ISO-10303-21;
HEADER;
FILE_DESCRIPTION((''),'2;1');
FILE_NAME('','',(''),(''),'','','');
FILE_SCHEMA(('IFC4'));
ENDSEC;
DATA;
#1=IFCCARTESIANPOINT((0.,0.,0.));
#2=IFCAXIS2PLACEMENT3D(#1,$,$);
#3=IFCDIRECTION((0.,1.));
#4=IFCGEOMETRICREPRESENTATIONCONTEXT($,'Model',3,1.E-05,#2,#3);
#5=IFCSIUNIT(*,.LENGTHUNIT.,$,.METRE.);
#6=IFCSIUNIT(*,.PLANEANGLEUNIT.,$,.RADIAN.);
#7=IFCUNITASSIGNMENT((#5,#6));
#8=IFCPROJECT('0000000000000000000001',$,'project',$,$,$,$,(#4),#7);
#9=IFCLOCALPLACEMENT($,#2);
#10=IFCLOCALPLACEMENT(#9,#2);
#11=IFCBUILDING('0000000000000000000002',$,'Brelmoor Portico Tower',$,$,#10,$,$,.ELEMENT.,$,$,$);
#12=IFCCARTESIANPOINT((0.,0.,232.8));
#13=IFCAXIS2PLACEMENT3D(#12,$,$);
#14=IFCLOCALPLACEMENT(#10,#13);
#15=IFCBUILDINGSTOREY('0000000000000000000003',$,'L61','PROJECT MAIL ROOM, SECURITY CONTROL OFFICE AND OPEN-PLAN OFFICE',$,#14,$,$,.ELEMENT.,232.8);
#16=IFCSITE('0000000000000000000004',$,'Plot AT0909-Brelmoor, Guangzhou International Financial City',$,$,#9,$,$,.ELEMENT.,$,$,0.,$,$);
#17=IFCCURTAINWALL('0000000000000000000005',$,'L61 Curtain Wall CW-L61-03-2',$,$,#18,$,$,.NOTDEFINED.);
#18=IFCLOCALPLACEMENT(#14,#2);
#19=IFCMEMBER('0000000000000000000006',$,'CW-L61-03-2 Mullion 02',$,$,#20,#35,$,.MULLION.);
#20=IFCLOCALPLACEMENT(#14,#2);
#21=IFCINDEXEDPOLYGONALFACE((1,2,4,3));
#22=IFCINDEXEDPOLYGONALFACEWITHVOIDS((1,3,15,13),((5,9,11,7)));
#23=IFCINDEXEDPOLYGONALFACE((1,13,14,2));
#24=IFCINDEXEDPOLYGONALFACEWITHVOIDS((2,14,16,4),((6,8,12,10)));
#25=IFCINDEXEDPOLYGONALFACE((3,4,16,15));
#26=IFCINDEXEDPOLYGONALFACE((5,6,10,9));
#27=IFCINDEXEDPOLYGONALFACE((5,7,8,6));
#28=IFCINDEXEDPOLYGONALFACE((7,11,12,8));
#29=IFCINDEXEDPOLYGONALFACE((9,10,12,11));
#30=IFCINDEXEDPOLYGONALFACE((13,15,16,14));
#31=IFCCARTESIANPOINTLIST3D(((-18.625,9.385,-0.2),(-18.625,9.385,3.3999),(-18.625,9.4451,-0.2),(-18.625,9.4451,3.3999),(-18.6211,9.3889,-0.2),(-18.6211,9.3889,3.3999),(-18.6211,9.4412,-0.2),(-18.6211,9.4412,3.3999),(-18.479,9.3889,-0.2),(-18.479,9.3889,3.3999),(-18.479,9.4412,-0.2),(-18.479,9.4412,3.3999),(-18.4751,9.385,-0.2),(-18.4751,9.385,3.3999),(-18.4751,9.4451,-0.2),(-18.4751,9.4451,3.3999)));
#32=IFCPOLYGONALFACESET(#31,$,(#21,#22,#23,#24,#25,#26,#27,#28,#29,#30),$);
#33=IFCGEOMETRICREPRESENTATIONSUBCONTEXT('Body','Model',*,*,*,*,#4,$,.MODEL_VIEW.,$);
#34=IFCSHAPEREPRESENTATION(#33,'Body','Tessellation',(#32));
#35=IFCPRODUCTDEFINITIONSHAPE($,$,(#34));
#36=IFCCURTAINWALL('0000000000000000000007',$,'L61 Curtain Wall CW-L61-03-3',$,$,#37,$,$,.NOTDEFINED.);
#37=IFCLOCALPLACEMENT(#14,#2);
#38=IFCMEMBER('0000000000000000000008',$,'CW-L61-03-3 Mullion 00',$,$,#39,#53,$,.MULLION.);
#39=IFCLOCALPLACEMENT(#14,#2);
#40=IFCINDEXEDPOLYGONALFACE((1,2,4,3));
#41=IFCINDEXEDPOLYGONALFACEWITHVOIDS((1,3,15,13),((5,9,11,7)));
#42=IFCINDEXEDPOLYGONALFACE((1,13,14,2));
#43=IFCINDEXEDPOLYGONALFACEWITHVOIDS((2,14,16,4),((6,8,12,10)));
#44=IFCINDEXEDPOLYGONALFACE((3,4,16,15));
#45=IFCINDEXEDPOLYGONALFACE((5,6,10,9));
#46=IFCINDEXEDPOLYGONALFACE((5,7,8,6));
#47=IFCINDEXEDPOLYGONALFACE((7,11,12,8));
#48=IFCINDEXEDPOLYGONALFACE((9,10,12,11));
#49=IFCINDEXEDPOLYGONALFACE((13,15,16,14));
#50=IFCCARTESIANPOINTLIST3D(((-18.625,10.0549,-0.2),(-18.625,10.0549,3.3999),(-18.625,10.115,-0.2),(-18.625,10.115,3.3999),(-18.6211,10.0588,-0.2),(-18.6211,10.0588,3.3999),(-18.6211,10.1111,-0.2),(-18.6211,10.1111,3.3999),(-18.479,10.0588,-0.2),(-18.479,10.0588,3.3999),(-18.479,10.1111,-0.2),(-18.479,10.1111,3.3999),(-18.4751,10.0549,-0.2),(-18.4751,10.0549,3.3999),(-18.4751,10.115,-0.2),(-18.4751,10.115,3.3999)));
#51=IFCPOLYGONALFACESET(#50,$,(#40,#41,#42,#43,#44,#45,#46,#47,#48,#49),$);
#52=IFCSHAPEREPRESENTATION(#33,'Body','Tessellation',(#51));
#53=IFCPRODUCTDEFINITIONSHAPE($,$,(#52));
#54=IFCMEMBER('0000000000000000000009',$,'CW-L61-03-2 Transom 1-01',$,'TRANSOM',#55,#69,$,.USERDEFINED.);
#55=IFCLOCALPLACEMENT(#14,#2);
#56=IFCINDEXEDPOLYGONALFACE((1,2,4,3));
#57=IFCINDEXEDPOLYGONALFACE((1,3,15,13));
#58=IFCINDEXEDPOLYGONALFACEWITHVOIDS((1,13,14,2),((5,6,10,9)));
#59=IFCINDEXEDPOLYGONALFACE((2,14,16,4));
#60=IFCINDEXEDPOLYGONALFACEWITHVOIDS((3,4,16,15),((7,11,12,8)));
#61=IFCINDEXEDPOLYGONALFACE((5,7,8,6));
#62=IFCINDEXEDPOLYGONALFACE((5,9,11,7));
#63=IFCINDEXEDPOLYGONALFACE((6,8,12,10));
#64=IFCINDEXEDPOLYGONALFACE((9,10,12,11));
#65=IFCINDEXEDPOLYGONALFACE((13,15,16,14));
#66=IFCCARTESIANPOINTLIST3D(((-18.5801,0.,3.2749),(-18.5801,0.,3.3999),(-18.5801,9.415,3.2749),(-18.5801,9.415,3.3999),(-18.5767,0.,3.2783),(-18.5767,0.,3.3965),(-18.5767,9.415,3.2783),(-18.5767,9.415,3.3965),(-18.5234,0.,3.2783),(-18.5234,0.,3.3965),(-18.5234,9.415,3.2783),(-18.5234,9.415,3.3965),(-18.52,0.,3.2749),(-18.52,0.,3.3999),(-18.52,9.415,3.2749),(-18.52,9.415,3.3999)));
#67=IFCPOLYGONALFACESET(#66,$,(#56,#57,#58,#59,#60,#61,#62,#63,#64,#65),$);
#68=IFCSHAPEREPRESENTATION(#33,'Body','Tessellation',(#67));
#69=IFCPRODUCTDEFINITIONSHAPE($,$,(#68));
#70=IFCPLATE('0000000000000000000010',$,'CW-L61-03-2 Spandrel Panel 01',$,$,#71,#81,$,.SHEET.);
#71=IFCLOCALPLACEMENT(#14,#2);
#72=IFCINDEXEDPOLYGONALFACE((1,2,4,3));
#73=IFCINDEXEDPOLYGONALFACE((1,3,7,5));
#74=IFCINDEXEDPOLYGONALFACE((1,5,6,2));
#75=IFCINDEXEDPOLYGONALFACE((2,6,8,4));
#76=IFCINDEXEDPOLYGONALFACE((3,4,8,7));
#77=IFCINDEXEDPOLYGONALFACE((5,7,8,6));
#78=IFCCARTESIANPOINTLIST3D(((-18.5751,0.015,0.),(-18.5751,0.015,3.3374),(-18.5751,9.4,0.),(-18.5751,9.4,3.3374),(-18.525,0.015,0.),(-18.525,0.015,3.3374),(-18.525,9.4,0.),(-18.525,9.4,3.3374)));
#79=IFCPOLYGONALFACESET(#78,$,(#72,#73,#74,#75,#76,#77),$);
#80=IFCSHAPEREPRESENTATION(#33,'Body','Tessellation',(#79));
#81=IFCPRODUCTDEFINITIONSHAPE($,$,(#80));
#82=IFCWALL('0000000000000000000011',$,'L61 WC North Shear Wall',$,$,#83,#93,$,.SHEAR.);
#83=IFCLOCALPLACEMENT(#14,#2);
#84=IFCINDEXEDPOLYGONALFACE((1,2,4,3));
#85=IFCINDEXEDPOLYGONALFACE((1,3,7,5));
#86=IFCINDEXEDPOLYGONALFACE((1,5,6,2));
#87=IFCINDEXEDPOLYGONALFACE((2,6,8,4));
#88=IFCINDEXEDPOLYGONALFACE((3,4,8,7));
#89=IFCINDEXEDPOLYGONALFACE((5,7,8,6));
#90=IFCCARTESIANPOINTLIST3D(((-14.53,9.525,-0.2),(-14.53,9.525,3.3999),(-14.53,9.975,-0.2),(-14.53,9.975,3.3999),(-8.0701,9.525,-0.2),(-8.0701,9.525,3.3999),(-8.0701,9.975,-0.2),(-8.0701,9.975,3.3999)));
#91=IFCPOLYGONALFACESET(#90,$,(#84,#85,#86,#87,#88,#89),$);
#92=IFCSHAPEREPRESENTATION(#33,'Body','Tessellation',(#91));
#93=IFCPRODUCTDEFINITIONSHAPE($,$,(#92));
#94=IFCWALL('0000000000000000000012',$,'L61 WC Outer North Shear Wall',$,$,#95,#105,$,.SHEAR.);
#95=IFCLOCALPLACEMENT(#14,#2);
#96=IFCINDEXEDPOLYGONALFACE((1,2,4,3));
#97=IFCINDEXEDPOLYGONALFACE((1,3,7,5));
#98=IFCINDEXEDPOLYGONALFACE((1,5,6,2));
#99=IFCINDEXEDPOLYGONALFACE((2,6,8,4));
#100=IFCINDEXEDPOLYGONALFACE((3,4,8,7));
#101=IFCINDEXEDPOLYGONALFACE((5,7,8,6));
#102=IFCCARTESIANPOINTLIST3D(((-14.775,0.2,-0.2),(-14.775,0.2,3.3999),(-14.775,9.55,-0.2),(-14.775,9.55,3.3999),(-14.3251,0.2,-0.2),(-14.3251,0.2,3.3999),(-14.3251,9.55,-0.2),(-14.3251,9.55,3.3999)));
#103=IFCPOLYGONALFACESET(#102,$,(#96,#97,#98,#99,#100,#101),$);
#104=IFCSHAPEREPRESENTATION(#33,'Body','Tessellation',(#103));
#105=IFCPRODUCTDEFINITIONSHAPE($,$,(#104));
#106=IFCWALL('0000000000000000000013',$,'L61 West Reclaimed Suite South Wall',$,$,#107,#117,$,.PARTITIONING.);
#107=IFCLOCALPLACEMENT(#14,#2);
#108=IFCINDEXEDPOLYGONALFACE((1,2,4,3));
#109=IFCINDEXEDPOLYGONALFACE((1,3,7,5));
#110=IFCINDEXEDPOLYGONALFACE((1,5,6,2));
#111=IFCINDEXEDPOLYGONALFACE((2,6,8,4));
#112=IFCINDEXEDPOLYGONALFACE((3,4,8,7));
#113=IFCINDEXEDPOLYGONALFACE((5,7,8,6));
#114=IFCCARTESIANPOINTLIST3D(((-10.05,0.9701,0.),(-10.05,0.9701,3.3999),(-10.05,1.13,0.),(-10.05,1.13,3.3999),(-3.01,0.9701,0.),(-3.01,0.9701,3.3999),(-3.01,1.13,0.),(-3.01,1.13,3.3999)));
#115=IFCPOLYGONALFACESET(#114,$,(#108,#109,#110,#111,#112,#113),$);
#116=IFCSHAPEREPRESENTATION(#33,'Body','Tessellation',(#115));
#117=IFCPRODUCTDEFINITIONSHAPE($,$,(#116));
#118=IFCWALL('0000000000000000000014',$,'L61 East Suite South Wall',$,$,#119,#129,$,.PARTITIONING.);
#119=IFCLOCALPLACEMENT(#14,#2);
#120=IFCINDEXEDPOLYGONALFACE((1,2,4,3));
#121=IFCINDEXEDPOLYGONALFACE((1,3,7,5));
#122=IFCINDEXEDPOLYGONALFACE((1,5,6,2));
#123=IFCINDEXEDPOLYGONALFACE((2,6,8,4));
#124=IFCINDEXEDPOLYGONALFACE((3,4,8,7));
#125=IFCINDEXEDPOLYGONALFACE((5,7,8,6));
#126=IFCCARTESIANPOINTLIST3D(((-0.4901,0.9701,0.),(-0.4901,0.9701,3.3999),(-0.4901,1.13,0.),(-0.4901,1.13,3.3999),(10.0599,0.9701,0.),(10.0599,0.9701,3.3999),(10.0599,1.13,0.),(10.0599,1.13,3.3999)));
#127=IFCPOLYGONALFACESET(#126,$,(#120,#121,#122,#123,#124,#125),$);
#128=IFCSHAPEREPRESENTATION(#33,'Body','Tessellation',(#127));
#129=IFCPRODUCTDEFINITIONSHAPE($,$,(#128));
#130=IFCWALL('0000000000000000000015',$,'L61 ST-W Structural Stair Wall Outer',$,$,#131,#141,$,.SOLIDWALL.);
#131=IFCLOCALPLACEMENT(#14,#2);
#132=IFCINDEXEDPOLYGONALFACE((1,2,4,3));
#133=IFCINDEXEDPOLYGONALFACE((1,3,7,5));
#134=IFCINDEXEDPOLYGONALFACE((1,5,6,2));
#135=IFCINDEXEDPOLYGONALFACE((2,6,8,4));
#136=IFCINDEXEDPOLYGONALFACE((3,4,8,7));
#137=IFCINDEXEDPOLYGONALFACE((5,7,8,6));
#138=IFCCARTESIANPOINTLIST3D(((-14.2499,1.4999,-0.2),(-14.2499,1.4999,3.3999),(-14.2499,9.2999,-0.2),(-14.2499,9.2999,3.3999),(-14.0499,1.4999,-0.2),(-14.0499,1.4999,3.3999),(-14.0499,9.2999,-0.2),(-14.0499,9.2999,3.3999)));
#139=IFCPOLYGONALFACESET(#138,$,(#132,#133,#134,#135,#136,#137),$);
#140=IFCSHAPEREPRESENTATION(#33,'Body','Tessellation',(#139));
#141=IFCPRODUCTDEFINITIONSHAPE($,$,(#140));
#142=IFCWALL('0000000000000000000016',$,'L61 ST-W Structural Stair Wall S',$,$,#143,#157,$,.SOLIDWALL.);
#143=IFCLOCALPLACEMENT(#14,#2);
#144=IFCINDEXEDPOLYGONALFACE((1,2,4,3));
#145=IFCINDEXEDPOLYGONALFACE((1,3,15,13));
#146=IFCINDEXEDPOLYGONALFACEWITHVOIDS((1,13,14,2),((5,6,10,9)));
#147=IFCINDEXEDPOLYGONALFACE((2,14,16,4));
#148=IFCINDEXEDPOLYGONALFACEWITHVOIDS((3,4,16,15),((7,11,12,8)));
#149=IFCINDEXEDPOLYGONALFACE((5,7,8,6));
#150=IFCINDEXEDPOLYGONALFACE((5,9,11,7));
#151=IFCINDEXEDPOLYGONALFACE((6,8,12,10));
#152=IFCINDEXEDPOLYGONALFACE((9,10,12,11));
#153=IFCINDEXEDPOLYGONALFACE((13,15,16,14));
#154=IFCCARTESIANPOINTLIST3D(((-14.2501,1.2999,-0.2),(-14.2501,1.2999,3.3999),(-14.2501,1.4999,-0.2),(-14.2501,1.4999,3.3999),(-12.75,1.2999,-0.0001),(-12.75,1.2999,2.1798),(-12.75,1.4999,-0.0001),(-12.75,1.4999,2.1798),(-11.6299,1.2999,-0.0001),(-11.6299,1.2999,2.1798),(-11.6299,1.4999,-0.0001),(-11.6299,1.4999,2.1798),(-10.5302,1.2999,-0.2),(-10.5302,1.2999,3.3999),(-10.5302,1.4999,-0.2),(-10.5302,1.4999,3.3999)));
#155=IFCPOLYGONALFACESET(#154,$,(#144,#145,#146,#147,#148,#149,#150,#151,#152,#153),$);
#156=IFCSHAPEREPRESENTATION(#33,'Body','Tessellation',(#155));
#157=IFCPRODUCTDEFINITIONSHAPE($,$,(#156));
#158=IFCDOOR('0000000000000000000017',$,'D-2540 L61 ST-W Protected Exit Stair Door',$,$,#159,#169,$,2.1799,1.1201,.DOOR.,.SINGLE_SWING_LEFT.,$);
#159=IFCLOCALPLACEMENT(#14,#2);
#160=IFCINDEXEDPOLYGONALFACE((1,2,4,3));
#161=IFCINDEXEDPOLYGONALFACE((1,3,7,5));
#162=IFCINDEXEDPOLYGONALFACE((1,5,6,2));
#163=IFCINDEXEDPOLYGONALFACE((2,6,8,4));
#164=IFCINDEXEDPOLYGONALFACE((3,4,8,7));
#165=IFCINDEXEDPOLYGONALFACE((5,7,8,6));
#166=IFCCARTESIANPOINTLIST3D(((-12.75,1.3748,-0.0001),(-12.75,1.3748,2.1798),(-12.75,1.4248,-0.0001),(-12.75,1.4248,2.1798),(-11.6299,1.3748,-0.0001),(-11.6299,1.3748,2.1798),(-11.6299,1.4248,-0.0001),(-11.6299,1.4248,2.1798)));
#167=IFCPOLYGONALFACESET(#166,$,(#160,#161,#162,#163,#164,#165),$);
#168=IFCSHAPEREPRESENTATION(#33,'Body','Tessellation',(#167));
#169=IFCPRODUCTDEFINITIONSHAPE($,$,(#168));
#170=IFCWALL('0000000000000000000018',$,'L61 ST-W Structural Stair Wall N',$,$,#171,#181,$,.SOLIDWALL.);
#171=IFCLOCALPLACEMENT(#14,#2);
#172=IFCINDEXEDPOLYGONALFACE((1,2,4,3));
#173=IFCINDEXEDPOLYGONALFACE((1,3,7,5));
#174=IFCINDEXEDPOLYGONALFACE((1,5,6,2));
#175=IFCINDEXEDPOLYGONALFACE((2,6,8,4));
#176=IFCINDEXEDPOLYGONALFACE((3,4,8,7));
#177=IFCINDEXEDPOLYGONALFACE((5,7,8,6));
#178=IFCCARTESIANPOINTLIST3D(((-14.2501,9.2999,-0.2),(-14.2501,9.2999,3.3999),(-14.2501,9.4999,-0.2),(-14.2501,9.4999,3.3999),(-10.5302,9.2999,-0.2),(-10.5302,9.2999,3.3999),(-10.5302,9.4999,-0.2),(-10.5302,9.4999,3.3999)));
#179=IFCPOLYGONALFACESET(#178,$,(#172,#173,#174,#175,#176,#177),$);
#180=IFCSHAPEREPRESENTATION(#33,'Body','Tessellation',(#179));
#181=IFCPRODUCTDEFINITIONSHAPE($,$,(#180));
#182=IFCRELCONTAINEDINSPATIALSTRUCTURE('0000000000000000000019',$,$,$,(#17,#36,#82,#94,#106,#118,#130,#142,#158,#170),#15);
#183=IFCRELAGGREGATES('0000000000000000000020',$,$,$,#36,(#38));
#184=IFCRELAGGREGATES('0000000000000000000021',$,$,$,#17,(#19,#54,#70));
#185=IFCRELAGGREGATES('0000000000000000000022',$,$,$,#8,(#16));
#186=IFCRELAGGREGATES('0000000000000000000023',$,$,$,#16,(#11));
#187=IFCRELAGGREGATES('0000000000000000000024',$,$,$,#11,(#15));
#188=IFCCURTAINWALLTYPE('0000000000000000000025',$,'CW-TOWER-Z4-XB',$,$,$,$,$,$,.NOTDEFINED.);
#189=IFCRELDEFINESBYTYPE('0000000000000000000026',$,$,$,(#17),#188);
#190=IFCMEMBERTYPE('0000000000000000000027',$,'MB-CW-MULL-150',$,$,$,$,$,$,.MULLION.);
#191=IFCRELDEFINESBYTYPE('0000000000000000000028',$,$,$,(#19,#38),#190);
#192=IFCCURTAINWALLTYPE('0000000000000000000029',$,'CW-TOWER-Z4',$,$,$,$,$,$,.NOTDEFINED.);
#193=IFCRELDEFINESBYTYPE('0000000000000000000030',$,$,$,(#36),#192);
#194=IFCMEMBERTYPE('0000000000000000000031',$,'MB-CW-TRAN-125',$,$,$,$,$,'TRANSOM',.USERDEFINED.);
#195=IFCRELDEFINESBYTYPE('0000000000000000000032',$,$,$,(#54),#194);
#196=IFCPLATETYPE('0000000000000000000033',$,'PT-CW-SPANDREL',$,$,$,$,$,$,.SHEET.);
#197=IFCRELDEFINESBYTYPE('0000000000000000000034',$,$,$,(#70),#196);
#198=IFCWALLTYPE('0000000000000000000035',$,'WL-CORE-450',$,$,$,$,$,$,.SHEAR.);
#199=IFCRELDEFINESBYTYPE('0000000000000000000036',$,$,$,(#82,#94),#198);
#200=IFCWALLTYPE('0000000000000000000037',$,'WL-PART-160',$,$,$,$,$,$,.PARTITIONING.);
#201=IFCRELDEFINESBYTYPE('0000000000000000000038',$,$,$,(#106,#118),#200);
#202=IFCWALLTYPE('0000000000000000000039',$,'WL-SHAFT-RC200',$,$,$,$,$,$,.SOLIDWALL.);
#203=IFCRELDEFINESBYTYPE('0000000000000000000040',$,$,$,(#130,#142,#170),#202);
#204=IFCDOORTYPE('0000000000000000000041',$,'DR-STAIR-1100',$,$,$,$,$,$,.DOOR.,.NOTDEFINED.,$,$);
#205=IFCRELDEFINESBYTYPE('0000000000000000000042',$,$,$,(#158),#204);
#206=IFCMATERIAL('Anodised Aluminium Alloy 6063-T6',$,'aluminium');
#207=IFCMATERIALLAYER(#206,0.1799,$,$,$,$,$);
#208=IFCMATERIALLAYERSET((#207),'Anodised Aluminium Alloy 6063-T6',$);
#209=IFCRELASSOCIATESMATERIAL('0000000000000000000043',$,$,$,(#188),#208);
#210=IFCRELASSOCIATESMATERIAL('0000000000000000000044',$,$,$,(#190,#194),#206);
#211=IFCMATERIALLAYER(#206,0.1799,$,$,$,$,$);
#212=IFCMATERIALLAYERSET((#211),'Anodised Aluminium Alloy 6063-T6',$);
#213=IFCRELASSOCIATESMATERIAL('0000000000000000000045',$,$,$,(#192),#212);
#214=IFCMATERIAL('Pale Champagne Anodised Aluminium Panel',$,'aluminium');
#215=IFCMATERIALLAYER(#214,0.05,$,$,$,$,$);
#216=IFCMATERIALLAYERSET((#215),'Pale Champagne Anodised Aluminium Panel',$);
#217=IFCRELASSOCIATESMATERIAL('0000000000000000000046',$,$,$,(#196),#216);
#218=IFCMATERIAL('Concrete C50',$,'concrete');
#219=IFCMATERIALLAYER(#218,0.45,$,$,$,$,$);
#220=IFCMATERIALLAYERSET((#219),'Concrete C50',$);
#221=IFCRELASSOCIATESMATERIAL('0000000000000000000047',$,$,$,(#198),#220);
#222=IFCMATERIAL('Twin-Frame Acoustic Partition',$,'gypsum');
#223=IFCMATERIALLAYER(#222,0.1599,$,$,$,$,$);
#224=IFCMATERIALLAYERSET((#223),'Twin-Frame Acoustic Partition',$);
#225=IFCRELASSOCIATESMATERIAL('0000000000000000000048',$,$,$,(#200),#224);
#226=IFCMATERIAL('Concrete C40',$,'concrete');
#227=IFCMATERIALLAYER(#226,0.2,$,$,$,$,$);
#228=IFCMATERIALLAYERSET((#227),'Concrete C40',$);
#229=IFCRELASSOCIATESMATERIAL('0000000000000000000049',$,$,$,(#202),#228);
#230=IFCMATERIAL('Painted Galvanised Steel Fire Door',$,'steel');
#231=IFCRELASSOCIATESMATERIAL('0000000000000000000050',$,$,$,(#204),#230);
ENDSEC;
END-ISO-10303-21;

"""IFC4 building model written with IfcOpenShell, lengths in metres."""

from ifc_helpers import new_model, si_unit, direction, frame, frame_2d, origin, origin_2d, place, context, subcontext, project, spatial, rectangle, hollow_rectangle, extrude, material, layer, layer_set, material_profile, profile_set, type_object, element, fill, aggregate, save


model = new_model("IFC4")

# Units and contexts
model_context = context("Model", 3, precision=1e-05, world=origin(), true_north=direction((0.0, 1.0)))
body_context = subcontext(model_context, "Body", "Model", "MODEL_VIEW")
ifc_project = project(units=[si_unit("LENGTHUNIT", "METRE"), si_unit("PLANEANGLEUNIT", "RADIAN")], contexts=[model_context])

# Site, building, storey
site_placement = place(None, origin())
site = spatial("IfcSite", under=ifc_project, at=site_placement, Name="Plot AT0909-Brelmoor, Guangzhou International Financial City", CompositionType="ELEMENT", RefElevation=0.0)
building_placement = place(site_placement, origin())
building = spatial("IfcBuilding", under=site, at=building_placement, Name="Brelmoor Portico Tower", CompositionType="ELEMENT")
storey_placement = place(building_placement, frame((0.0, 0.0, 232.8)))
storey = spatial("IfcBuildingStorey", under=building, at=storey_placement, Name="L61", Description="PROJECT MAIL ROOM, SECURITY CONTROL OFFICE AND OPEN-PLAN OFFICE", CompositionType="ELEMENT", Elevation=232.8)

# Curtain walls, members
ifc_material_1 = material(Name="Anodised Aluminium Alloy 6063-T6", Category="aluminium")
ifc_layer_1 = layer(ifc_material_1, 0.1799)
ifc_layer_set_1 = layer_set([ifc_layer_1], Name="Anodised Aluminium Alloy 6063-T6")
curtain_wall_type_1 = type_object("IfcCurtainWallType", Name="CW-TOWER-Z4-XB", PredefinedType="NOTDEFINED", material=ifc_layer_set_1)
curtain_wall_1_placement = place(storey_placement, origin())
curtain_wall_1 = element("IfcCurtainWall", 1, at=curtain_wall_1_placement, inside=storey, type_object=curtain_wall_type_1, Name="L61 Curtain Wall CW-L61-03-2", PredefinedType="NOTDEFINED")
ifc_material_profile_1 = material_profile(ifc_material_1, hollow_rectangle(XDim=0.0601, YDim=0.1499, WallThickness=0.0039, at=origin_2d()), Name="ALU MULLION 60x150")
ifc_profile_set_1 = profile_set([ifc_material_profile_1], Name="Anodised Aluminium Alloy 6063-T6")
member_type_1 = type_object("IfcMemberType", Name="MB-CW-MULL-150", PredefinedType="MULLION", material=ifc_profile_set_1)
member_1_placement = place(storey_placement, frame((-18.55, 9.415, -0.2), z_axis=(0.0, 0.0, 1.0), x_axis=(0.0, 1.0, 0.0)))
member_1 = element("IfcMember", 2, at=member_1_placement, type_object=member_type_1, Name="CW-L61-03-2 Mullion 02", PredefinedType="MULLION", context=body_context, shape_type="SweptSolid", body=[
    extrude(hollow_rectangle(XDim=0.0601, YDim=0.1499, WallThickness=0.0039, at=origin_2d()), origin(), (0.0, 0.0, 1.0), 3.5999),
])
ifc_layer_2 = layer(ifc_material_1, 0.1799)
ifc_layer_set_2 = layer_set([ifc_layer_2], Name="Anodised Aluminium Alloy 6063-T6")
curtain_wall_type_2 = type_object("IfcCurtainWallType", Name="CW-TOWER-Z4", PredefinedType="NOTDEFINED", material=ifc_layer_set_2)
curtain_wall_2_placement = place(storey_placement, origin())
curtain_wall_2 = element("IfcCurtainWall", 3, at=curtain_wall_2_placement, inside=storey, type_object=curtain_wall_type_2, Name="L61 Curtain Wall CW-L61-03-3", PredefinedType="NOTDEFINED")
member_2_placement = place(storey_placement, frame((-18.55, 10.085, -0.2), z_axis=(0.0, 0.0, 1.0), x_axis=(0.0, 1.0, 0.0)))
member_2 = element("IfcMember", 4, at=member_2_placement, type_object=member_type_1, Name="CW-L61-03-3 Mullion 00", PredefinedType="MULLION", context=body_context, shape_type="SweptSolid", body=[
    extrude(hollow_rectangle(XDim=0.0601, YDim=0.1499, WallThickness=0.0039, at=origin_2d()), origin(), (0.0, 0.0, 1.0), 3.5999),
])
aggregate(curtain_wall_2, [member_2])

# Member
ifc_material_profile_2 = material_profile(ifc_material_1, hollow_rectangle(XDim=0.0601, YDim=0.125, WallThickness=0.0034, at=origin_2d()), Name="ALU TRANSOM 60x125")
ifc_profile_set_2 = profile_set([ifc_material_profile_2], Name="Anodised Aluminium Alloy 6063-T6")
member_type_2 = type_object("IfcMemberType", Name="MB-CW-TRAN-125", ElementType="TRANSOM", PredefinedType="USERDEFINED", material=ifc_profile_set_2)
member_3_placement = place(storey_placement, frame((-18.55, 0.0, 3.3374), z_axis=(0.0, 1.0, 0.0), x_axis=(-1.0, 0.0, 0.0)))
member_3 = element("IfcMember", 5, at=member_3_placement, type_object=member_type_2, Name="CW-L61-03-2 Transom 1-01", ObjectType="TRANSOM", PredefinedType="USERDEFINED", context=body_context, shape_type="SweptSolid", body=[
    extrude(hollow_rectangle(XDim=0.0601, YDim=0.125, WallThickness=0.0034, at=origin_2d()), origin(), (0.0, 0.0, 1.0), 9.415),
])

# Plate
ifc_material_2 = material(Name="Pale Champagne Anodised Aluminium Panel", Category="aluminium")
ifc_layer_3 = layer(ifc_material_2, 0.05)
ifc_layer_set_3 = layer_set([ifc_layer_3], Name="Pale Champagne Anodised Aluminium Panel")
plate_type = type_object("IfcPlateType", Name="PT-CW-SPANDREL", PredefinedType="SHEET", material=ifc_layer_set_3)
plate_placement = place(storey_placement, frame((-18.55, 4.7075, 0.0), z_axis=(0.0, 0.0, 1.0), x_axis=(0.0, 1.0, 0.0)))
plate = element("IfcPlate", 6, at=plate_placement, type_object=plate_type, Name="CW-L61-03-2 Spandrel Panel 01", PredefinedType="SHEET", context=body_context, shape_type="SweptSolid", body=[
    extrude(rectangle(XDim=9.385, YDim=0.05, at=origin_2d()), origin(), (0.0, 0.0, 1.0), 3.3374),
])
aggregate(curtain_wall_1, [member_1, member_3, plate])

# Walls
ifc_material_3 = material(Name="Concrete C50", Category="concrete")
ifc_layer_4 = layer(ifc_material_3, 0.45)
ifc_layer_set_4 = layer_set([ifc_layer_4], Name="Concrete C50")
wall_type_1 = type_object("IfcWallType", Name="WL-CORE-450", PredefinedType="SHEAR", material=ifc_layer_set_4)
wall_1_placement = place(storey_placement, frame((-14.53, 9.75, -0.2), z_axis=(0.0, 0.0, 1.0), x_axis=(1.0, 0.0, 0.0)))
element("IfcWall", 7, at=wall_1_placement, inside=storey, type_object=wall_type_1, Name="L61 WC North Shear Wall", PredefinedType="SHEAR", context=body_context, shape_type="SweptSolid", body=[
    extrude(rectangle(XDim=6.46, YDim=0.45, at=frame_2d((3.23, 0.0))), origin(), (0.0, 0.0, 1.0), 3.5999),
])
wall_2_placement = place(storey_placement, frame((-14.55, 0.2, -0.2), z_axis=(0.0, 0.0, 1.0), x_axis=(0.0, 1.0, 0.0)))
element("IfcWall", 8, at=wall_2_placement, inside=storey, type_object=wall_type_1, Name="L61 WC Outer North Shear Wall", PredefinedType="SHEAR", context=body_context, shape_type="SweptSolid", body=[
    extrude(rectangle(XDim=9.3501, YDim=0.45, at=frame_2d((4.675, 0.0))), origin(), (0.0, 0.0, 1.0), 3.5999),
])
ifc_material_4 = material(Name="Twin-Frame Acoustic Partition", Category="gypsum")
ifc_layer_5 = layer(ifc_material_4, 0.1599)
ifc_layer_set_5 = layer_set([ifc_layer_5], Name="Twin-Frame Acoustic Partition")
wall_type_2 = type_object("IfcWallType", Name="WL-PART-160", PredefinedType="PARTITIONING", material=ifc_layer_set_5)
wall_3_placement = place(storey_placement, frame((-10.05, 1.05, 0.0), z_axis=(0.0, 0.0, 1.0), x_axis=(1.0, 0.0, 0.0)))
element("IfcWall", 9, at=wall_3_placement, inside=storey, type_object=wall_type_2, Name="L61 West Reclaimed Suite South Wall", PredefinedType="PARTITIONING", context=body_context, shape_type="SweptSolid", body=[
    extrude(rectangle(XDim=7.04, YDim=0.1599, at=frame_2d((3.52, 0.0))), origin(), (0.0, 0.0, 1.0), 3.3999),
])
wall_4_placement = place(storey_placement, frame((-0.49, 1.05, 0.0), z_axis=(0.0, 0.0, 1.0), x_axis=(1.0, 0.0, 0.0)))
element("IfcWall", 10, at=wall_4_placement, inside=storey, type_object=wall_type_2, Name="L61 East Suite South Wall", PredefinedType="PARTITIONING", context=body_context, shape_type="SweptSolid", body=[
    extrude(rectangle(XDim=10.55, YDim=0.1599, at=frame_2d((5.2749, 0.0))), origin(), (0.0, 0.0, 1.0), 3.3999),
])
ifc_material_5 = material(Name="Concrete C40", Category="concrete")
ifc_layer_6 = layer(ifc_material_5, 0.2)
ifc_layer_set_6 = layer_set([ifc_layer_6], Name="Concrete C40")
wall_type_3 = type_object("IfcWallType", Name="WL-SHAFT-RC200", PredefinedType="SOLIDWALL", material=ifc_layer_set_6)
wall_5_placement = place(storey_placement, frame((-14.1499, 1.5, -0.2), z_axis=(0.0, 0.0, 1.0), x_axis=(0.0, 1.0, 0.0)))
element("IfcWall", 11, at=wall_5_placement, inside=storey, type_object=wall_type_3, Name="L61 ST-W Structural Stair Wall Outer", PredefinedType="SOLIDWALL", context=body_context, shape_type="SweptSolid", body=[
    extrude(rectangle(XDim=7.8, YDim=0.2, at=frame_2d((3.8999, 0.0))), origin(), (0.0, 0.0, 1.0), 3.5999),
])

# Wall, opening, door
wall_6_placement = place(storey_placement, frame((-14.25, 1.3999, -0.2), z_axis=(0.0, 0.0, 1.0), x_axis=(1.0, 0.0, 0.0)))
wall_6 = element("IfcWall", 12, at=wall_6_placement, inside=storey, type_object=wall_type_3, Name="L61 ST-W Structural Stair Wall S", PredefinedType="SOLIDWALL", context=body_context, shape_type="SweptSolid", body=[
    extrude(rectangle(XDim=3.72, YDim=0.2, at=frame_2d((1.8599, 0.0))), origin(), (0.0, 0.0, 1.0), 3.5999),
])
opening_placement = place(wall_6_placement, frame((1.5, 0.0, 0.2)))
opening = element("IfcOpeningElement", 13, at=opening_placement, cuts=wall_6, PredefinedType="OPENING", context=body_context, shape_type="SweptSolid", body=[
    extrude(rectangle(XDim=1.1201, YDim=2.1799, at=frame_2d((0.5601, 1.0898))), frame((0.0, 0.1099, 0.0), z_axis=(0.0, -1.0, 0.0), x_axis=(1.0, 0.0, 0.0)), (0.0, 0.0, 1.0), 0.22),
])
ifc_material_6 = material(Name="Painted Galvanised Steel Fire Door", Category="steel")
door_type = type_object("IfcDoorType", Name="DR-STAIR-1100", OperationType="NOTDEFINED", PredefinedType="DOOR", material=ifc_material_6)
door_placement = place(opening_placement, origin())
door = element("IfcDoor", 14, at=door_placement, inside=storey, type_object=door_type, Name="D-2540 L61 ST-W Protected Exit Stair Door", OperationType="SINGLE_SWING_LEFT", OverallHeight=2.1799, OverallWidth=1.1201, PredefinedType="DOOR", context=body_context, shape_type="SweptSolid", body=[
    extrude(rectangle(XDim=1.1201, YDim=2.1799, at=frame_2d((0.5601, 1.0898))), frame((0.0, 0.0249, 0.0), z_axis=(0.0, -1.0, 0.0), x_axis=(1.0, 0.0, 0.0)), (0.0, 0.0, 1.0), 0.05),
])
fill(opening, door)

# Wall
wall_7_placement = place(storey_placement, frame((-14.25, 9.3999, -0.2), z_axis=(0.0, 0.0, 1.0), x_axis=(1.0, 0.0, 0.0)))
element("IfcWall", 15, at=wall_7_placement, inside=storey, type_object=wall_type_3, Name="L61 ST-W Structural Stair Wall N", PredefinedType="SOLIDWALL", context=body_context, shape_type="SweptSolid", body=[
    extrude(rectangle(XDim=3.72, YDim=0.2, at=frame_2d((1.8599, 0.0))), origin(), (0.0, 0.0, 1.0), 3.5999),
])

save(model, "model.ifc")
